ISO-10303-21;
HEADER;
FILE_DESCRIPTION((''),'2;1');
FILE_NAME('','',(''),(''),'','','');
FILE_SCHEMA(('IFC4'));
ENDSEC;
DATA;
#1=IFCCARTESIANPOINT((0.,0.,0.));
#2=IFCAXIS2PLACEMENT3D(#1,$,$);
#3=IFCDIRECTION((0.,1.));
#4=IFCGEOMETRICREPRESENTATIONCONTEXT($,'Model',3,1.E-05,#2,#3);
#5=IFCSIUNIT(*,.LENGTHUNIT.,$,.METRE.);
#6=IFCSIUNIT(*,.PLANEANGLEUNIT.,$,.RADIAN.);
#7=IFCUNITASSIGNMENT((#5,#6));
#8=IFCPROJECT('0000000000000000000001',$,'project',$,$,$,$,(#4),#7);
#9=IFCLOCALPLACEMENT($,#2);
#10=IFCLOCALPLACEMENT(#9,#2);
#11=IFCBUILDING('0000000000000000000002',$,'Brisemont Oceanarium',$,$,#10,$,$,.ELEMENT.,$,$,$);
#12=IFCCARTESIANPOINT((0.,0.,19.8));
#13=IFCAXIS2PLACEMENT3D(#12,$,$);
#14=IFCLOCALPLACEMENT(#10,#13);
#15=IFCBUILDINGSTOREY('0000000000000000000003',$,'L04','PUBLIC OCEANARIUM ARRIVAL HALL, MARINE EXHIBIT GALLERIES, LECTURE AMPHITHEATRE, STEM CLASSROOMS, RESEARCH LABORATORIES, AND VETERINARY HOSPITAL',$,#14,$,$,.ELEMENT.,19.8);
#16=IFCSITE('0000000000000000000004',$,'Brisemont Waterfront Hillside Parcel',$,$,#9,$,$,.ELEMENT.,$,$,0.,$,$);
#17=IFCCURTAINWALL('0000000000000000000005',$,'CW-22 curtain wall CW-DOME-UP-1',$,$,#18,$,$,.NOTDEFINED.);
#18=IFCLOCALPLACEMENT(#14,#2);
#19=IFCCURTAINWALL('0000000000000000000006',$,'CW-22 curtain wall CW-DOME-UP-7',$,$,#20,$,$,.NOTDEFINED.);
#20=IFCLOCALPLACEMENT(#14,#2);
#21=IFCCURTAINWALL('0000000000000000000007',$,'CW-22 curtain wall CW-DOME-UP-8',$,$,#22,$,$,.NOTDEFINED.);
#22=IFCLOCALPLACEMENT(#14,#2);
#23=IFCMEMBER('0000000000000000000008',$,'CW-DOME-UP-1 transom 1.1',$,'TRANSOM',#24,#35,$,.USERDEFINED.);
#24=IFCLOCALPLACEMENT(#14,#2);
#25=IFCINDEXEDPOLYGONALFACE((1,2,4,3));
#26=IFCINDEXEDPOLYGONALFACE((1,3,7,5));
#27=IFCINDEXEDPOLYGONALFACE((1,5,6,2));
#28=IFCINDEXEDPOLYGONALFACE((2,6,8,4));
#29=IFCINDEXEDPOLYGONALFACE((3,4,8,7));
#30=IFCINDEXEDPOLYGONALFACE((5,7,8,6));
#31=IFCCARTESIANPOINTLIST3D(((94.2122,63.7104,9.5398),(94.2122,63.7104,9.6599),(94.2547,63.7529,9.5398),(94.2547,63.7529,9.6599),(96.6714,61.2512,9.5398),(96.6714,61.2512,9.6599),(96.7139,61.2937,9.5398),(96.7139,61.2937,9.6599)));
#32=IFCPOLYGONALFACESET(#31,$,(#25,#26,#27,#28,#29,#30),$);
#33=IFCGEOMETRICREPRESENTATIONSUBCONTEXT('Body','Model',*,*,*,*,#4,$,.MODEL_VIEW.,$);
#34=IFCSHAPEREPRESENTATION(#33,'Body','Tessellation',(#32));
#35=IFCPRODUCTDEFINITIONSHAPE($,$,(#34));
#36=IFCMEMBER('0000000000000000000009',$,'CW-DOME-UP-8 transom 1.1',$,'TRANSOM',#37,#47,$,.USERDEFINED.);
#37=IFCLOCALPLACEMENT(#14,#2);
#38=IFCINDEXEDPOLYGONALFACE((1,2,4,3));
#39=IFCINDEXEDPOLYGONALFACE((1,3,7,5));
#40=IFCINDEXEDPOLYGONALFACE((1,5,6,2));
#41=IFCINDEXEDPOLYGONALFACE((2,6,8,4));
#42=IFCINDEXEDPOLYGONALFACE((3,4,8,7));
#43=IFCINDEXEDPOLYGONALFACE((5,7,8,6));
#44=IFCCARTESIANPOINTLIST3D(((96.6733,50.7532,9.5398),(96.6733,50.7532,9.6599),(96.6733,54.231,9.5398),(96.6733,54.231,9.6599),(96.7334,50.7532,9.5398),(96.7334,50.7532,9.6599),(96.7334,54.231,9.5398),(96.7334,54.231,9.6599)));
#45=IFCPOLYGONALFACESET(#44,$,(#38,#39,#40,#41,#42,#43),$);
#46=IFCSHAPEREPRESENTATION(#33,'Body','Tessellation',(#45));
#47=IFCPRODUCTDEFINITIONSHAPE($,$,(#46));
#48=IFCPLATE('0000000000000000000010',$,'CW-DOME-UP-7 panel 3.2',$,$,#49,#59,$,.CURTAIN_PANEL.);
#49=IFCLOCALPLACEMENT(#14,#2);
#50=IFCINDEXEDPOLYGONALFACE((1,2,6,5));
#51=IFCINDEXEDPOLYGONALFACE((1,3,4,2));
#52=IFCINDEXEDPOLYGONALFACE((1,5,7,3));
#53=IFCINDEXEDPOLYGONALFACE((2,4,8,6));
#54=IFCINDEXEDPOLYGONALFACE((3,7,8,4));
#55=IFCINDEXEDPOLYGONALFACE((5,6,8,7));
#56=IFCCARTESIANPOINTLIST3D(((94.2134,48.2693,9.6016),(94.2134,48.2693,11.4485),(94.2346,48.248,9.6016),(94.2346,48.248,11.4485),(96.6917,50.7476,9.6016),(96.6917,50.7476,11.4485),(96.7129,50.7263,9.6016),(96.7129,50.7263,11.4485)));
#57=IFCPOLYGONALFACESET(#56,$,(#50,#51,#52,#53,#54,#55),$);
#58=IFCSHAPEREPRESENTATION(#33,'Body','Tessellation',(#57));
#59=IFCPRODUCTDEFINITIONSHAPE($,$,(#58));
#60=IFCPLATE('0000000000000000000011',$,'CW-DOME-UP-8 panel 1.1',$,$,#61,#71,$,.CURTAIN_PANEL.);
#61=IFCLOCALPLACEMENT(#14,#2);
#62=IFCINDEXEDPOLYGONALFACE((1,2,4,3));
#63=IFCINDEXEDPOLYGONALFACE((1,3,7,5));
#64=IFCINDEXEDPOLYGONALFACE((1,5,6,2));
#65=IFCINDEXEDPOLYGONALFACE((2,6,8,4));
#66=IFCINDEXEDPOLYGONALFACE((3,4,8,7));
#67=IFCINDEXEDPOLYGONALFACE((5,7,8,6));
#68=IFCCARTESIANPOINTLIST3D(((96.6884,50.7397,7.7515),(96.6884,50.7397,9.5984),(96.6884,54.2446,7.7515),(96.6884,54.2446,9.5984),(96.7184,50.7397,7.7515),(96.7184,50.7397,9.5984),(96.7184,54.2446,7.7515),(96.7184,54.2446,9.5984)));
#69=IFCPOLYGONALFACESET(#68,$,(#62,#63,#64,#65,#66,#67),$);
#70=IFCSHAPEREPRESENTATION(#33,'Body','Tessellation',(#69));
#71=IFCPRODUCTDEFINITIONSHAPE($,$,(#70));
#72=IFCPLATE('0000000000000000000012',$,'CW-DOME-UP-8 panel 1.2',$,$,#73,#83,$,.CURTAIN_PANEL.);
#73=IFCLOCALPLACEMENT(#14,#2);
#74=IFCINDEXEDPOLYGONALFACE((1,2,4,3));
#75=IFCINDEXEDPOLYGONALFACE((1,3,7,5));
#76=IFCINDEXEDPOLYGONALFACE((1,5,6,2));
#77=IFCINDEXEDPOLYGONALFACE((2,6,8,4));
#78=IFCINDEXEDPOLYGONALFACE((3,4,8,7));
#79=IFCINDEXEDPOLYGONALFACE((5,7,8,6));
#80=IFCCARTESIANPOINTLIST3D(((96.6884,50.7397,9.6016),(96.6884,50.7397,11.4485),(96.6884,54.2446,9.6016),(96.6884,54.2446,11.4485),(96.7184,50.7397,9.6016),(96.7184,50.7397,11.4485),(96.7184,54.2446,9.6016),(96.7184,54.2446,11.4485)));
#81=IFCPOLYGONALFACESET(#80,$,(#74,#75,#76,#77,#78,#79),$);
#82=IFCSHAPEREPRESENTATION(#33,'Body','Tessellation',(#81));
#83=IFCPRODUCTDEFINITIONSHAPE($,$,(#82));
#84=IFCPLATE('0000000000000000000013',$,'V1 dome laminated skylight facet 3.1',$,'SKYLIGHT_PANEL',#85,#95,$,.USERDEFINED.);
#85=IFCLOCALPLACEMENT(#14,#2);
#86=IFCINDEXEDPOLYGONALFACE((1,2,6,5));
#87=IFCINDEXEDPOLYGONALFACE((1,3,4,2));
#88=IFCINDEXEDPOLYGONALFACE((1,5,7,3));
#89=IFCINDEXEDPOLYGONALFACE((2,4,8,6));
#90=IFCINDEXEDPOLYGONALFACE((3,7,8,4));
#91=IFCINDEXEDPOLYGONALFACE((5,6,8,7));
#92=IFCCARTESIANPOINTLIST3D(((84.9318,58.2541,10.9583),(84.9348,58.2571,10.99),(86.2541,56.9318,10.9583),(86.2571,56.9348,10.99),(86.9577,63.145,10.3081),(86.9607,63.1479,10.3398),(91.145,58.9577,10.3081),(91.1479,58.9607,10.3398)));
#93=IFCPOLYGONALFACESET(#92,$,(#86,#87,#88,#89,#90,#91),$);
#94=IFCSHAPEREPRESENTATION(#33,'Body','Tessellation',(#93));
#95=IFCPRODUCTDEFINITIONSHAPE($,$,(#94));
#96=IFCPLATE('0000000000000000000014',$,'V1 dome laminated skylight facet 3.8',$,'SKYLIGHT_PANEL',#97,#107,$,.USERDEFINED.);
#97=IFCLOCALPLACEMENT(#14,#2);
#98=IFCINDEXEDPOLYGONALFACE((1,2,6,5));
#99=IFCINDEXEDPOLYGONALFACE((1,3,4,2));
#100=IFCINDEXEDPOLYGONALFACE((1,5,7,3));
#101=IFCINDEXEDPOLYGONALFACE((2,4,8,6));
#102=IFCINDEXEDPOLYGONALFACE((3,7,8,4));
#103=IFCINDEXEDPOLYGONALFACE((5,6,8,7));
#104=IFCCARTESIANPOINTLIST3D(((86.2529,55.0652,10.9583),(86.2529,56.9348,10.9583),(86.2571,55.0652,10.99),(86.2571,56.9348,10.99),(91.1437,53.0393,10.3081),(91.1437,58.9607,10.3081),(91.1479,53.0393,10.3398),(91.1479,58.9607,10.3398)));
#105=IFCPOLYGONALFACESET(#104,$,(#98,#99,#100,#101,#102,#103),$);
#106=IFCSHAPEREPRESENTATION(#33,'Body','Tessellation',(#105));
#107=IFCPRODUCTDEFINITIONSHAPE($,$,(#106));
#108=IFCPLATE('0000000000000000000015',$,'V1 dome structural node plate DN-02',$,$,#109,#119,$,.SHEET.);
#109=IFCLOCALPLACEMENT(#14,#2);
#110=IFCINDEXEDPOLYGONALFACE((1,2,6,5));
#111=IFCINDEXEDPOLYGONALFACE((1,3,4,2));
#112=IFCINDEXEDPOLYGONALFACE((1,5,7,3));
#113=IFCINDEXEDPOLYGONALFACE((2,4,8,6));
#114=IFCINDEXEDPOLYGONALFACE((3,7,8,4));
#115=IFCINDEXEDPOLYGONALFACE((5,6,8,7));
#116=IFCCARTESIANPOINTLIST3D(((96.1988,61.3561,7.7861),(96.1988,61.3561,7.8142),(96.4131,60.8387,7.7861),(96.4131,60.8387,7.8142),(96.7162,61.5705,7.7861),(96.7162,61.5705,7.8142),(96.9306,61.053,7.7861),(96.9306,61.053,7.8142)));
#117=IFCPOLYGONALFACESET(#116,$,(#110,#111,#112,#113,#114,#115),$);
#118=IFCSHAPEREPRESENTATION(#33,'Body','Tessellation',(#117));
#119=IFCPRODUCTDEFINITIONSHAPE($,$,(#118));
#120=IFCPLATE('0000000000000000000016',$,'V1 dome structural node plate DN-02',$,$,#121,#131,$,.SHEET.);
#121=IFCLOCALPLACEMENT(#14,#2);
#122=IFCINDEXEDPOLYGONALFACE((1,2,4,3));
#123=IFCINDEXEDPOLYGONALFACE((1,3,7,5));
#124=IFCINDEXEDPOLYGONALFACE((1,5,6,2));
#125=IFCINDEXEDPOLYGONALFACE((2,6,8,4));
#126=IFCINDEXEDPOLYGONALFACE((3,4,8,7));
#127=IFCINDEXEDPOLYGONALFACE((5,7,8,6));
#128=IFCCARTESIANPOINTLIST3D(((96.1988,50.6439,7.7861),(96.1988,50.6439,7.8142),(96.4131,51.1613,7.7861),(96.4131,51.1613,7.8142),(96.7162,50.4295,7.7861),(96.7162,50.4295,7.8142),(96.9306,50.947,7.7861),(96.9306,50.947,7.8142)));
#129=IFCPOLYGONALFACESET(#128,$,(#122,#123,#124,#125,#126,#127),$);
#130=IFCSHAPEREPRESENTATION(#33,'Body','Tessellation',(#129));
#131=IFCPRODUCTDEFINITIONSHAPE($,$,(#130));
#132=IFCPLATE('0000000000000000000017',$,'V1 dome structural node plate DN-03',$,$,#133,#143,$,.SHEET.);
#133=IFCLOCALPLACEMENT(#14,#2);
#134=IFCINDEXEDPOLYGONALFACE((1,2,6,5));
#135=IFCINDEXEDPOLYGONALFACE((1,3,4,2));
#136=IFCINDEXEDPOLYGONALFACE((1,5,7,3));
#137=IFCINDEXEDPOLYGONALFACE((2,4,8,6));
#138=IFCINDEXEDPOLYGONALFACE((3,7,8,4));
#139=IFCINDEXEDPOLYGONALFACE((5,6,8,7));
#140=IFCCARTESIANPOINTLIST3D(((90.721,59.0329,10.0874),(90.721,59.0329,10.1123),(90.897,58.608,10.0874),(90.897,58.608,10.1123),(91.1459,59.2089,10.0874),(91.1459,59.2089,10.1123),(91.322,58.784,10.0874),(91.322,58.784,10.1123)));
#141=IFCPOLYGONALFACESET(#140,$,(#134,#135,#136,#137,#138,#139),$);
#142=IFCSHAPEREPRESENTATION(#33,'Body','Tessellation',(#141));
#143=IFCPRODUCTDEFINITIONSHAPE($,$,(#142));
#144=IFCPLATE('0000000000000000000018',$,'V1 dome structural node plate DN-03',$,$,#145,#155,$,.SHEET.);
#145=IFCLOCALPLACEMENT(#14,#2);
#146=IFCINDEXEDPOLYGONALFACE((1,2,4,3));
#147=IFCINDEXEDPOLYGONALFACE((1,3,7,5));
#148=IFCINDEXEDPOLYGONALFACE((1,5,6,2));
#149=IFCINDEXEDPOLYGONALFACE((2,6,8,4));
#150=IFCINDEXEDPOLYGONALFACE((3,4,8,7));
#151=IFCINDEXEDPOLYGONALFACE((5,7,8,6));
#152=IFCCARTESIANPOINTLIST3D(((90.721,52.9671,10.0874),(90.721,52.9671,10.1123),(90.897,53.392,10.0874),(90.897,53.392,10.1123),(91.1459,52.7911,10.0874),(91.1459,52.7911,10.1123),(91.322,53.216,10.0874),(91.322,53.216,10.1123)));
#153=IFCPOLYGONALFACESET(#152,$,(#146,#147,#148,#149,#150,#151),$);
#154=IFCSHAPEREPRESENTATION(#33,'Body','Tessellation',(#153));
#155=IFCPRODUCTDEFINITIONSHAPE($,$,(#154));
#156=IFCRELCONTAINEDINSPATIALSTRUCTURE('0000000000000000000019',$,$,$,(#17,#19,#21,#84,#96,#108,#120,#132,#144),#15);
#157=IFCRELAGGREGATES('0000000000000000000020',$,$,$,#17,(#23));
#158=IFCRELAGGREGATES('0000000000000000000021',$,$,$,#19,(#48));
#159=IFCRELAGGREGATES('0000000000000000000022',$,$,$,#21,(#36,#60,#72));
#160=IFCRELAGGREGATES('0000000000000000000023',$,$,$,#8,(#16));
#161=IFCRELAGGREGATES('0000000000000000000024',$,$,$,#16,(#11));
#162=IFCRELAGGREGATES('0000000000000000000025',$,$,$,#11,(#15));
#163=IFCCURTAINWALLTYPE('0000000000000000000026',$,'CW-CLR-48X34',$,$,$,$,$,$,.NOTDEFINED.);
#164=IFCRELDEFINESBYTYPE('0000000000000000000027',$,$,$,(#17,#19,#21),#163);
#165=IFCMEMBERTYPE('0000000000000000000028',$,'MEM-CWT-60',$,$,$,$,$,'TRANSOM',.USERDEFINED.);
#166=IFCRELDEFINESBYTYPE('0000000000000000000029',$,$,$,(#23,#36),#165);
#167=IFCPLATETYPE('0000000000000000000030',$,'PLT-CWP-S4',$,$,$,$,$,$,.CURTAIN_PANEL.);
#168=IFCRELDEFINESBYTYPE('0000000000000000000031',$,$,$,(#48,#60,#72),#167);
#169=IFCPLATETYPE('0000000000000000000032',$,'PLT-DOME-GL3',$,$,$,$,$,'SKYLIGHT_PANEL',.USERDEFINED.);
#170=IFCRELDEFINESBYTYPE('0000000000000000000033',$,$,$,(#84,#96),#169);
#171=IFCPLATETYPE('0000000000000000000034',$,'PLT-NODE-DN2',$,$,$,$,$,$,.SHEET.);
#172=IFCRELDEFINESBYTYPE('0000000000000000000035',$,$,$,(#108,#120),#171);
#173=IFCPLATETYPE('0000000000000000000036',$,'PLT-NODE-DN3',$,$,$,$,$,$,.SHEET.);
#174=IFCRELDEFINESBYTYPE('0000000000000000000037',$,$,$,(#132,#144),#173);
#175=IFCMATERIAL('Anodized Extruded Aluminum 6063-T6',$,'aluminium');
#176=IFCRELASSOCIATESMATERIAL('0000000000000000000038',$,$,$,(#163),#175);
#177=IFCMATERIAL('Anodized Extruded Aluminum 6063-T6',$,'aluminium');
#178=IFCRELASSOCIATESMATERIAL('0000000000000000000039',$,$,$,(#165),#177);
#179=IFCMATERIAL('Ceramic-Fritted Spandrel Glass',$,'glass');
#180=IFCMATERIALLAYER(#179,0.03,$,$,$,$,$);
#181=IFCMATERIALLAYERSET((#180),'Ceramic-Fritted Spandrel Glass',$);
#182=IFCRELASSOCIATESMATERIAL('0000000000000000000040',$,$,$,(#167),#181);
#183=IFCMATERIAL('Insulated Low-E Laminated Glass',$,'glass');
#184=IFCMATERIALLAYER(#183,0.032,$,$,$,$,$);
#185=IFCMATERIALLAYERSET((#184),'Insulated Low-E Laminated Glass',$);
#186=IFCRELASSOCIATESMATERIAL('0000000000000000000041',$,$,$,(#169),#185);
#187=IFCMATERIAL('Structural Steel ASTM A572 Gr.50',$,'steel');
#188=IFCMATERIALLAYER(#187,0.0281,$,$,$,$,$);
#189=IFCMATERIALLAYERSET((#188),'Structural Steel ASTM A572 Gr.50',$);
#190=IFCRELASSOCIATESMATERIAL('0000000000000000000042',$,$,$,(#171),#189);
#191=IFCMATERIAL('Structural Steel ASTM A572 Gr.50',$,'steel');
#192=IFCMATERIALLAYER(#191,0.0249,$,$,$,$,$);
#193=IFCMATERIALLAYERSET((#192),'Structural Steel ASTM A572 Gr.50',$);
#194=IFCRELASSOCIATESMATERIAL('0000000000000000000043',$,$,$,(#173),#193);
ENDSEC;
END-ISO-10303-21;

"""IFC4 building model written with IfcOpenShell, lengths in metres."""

from ifc_helpers import new_model, si_unit, direction, frame, origin, origin_2d, place, context, subcontext, project, spatial, polyline, rectangle, outline, extrude, material, layer, layer_set, material_profile, profile_set, type_object, element, aggregate, save


model = new_model("IFC4")

# Units and contexts
model_context = context("Model", 3, precision=1e-05, world=origin(), true_north=direction((0.0, 1.0)))
body_context = subcontext(model_context, "Body", "Model", "MODEL_VIEW")
ifc_project = project(units=[si_unit("LENGTHUNIT", "METRE"), si_unit("PLANEANGLEUNIT", "RADIAN")], contexts=[model_context])

# Site, building, storey
site_placement = place(None, origin())
site = spatial("IfcSite", under=ifc_project, at=site_placement, Name="Brisemont Waterfront Hillside Parcel", CompositionType="ELEMENT", RefElevation=0.0)
building_placement = place(site_placement, origin())
building = spatial("IfcBuilding", under=site, at=building_placement, Name="Brisemont Oceanarium", CompositionType="ELEMENT")
storey_placement = place(building_placement, frame((0.0, 0.0, 19.8)))
storey = spatial("IfcBuildingStorey", under=building, at=storey_placement, Name="L04", Description="PUBLIC OCEANARIUM ARRIVAL HALL, MARINE EXHIBIT GALLERIES, LECTURE AMPHITHEATRE, STEM CLASSROOMS, RESEARCH LABORATORIES, AND VETERINARY HOSPITAL", CompositionType="ELEMENT", Elevation=19.8)

# Curtain walls
ifc_material_1 = material(Name="Anodized Extruded Aluminum 6063-T6", Category="aluminium")
curtain_wall_type = type_object("IfcCurtainWallType", Name="CW-CLR-48X34", PredefinedType="NOTDEFINED", material=ifc_material_1)
curtain_wall_1_placement = place(storey_placement, origin())
curtain_wall_1 = element("IfcCurtainWall", 1, at=curtain_wall_1_placement, inside=storey, type_object=curtain_wall_type, Name="CW-22 curtain wall CW-DOME-UP-1", PredefinedType="NOTDEFINED")
curtain_wall_2_placement = place(storey_placement, origin())
curtain_wall_2 = element("IfcCurtainWall", 2, at=curtain_wall_2_placement, inside=storey, type_object=curtain_wall_type, Name="CW-22 curtain wall CW-DOME-UP-7", PredefinedType="NOTDEFINED")

# Curtain wall
curtain_wall_3_placement = place(storey_placement, origin())
curtain_wall_3 = element("IfcCurtainWall", 3, at=curtain_wall_3_placement, inside=storey, type_object=curtain_wall_type, Name="CW-22 curtain wall CW-DOME-UP-8", PredefinedType="NOTDEFINED")

# Members
ifc_material_2 = material(Name="Anodized Extruded Aluminum 6063-T6", Category="aluminium")
ifc_material_profile_1 = material_profile(ifc_material_2, rectangle(XDim=0.0601, YDim=0.1201, at=origin_2d()), Name="CWT-60X120")
ifc_profile_set_1 = profile_set([ifc_material_profile_1], Name="Anodized Extruded Aluminum 6063-T6")
member_type_1 = type_object("IfcMemberType", Name="MEM-CWT-60", ElementType="TRANSOM", PredefinedType="USERDEFINED", material=ifc_profile_set_1)
member_1_placement = place(storey_placement, frame((96.6926, 61.2725, 9.5999), z_axis=(-0.707107, 0.707107, 0.0), x_axis=(-0.707107, -0.707107, 0.0)))
member_1 = element("IfcMember", 4, at=member_1_placement, type_object=member_type_1, Name="CW-DOME-UP-1 transom 1.1", ObjectType="TRANSOM", PredefinedType="USERDEFINED", context=body_context, shape_type="SweptSolid", body=[
    extrude(rectangle(XDim=0.0601, YDim=0.1201, at=origin_2d()), origin(), (0.0, 0.0, 1.0), 3.4778),
])
aggregate(curtain_wall_1, [member_1])
member_2_placement = place(storey_placement, frame((96.7034, 50.7532, 9.5999), z_axis=(0.0, 1.0, 0.0), x_axis=(-1.0, 0.0, 0.0)))
member_2 = element("IfcMember", 5, at=member_2_placement, type_object=member_type_1, Name="CW-DOME-UP-8 transom 1.1", ObjectType="TRANSOM", PredefinedType="USERDEFINED", context=body_context, shape_type="SweptSolid", body=[
    extrude(rectangle(XDim=0.0601, YDim=0.1201, at=origin_2d()), origin(), (0.0, 0.0, 1.0), 3.4778),
])

# Plates
ifc_material_3 = material(Name="Ceramic-Fritted Spandrel Glass", Category="glass")
ifc_layer_1 = layer(ifc_material_3, 0.03)
ifc_layer_set_1 = layer_set([ifc_layer_1], Name="Ceramic-Fritted Spandrel Glass")
plate_type_1 = type_object("IfcPlateType", Name="PLT-CWP-S4", PredefinedType="CURTAIN_PANEL", material=ifc_layer_set_1)
plate_1_placement = place(storey_placement, frame((95.4631, 49.4978, 9.6016), z_axis=(0.0, 0.0, 1.0), x_axis=(0.707107, 0.707107, 0.0)))
plate_1 = element("IfcPlate", 6, at=plate_1_placement, type_object=plate_type_1, Name="CW-DOME-UP-7 panel 3.2", PredefinedType="CURTAIN_PANEL", context=body_context, shape_type="SweptSolid", body=[
    extrude(rectangle(XDim=3.5049, YDim=0.03, at=origin_2d()), origin(), (0.0, 0.0, 1.0), 1.8469),
])
aggregate(curtain_wall_2, [plate_1])
plate_2_placement = place(storey_placement, frame((96.7034, 52.4922, 7.7515), z_axis=(0.0, 0.0, 1.0), x_axis=(0.0, 1.0, 0.0)))
plate_2 = element("IfcPlate", 7, at=plate_2_placement, type_object=plate_type_1, Name="CW-DOME-UP-8 panel 1.1", PredefinedType="CURTAIN_PANEL", context=body_context, shape_type="SweptSolid", body=[
    extrude(rectangle(XDim=3.5049, YDim=0.03, at=origin_2d()), origin(), (0.0, 0.0, 1.0), 1.8469),
])
plate_3_placement = place(storey_placement, frame((96.7034, 52.4922, 9.6016), z_axis=(0.0, 0.0, 1.0), x_axis=(0.0, 1.0, 0.0)))
plate_3 = element("IfcPlate", 8, at=plate_3_placement, type_object=plate_type_1, Name="CW-DOME-UP-8 panel 1.2", PredefinedType="CURTAIN_PANEL", context=body_context, shape_type="SweptSolid", body=[
    extrude(rectangle(XDim=3.5049, YDim=0.03, at=origin_2d()), origin(), (0.0, 0.0, 1.0), 1.8469),
])
aggregate(curtain_wall_3, [member_2, plate_2, plate_3])

# Plates
ifc_material_4 = material(Name="Insulated Low-E Laminated Glass", Category="glass")
ifc_layer_2 = layer(ifc_material_4, 0.032)
ifc_layer_set_2 = layer_set([ifc_layer_2], Name="Insulated Low-E Laminated Glass")
plate_type_2 = type_object("IfcPlateType", Name="PLT-DOME-GL3", ElementType="SKYLIGHT_PANEL", PredefinedType="USERDEFINED", material=ifc_layer_set_2)
plate_4_placement = place(storey_placement, frame((91.1479, 58.9607, 10.3398), z_axis=(0.093176, 0.093176, 0.99128), x_axis=(-0.707107, 0.707107, 0.0)))
element("IfcPlate", 9, at=plate_4_placement, inside=storey, type_object=plate_type_2, Name="V1 dome laminated skylight facet 3.1", ObjectType="SKYLIGHT_PANEL", PredefinedType="USERDEFINED", context=body_context, shape_type="SweptSolid", body=[
    extrude(outline(polyline([(0.0, 0.0), (5.9217, 0.0), (3.8958, 4.9339), (2.0259, 4.9339), (0.0, 0.0)])), origin(), (0.0, 0.0, -1.0), 0.032),
])
plate_5_placement = place(storey_placement, frame((91.1479, 53.0393, 10.3398), z_axis=(0.131772, 0.0, 0.99128), x_axis=(0.0, 1.0, 0.0)))
element("IfcPlate", 10, at=plate_5_placement, inside=storey, type_object=plate_type_2, Name="V1 dome laminated skylight facet 3.8", ObjectType="SKYLIGHT_PANEL", PredefinedType="USERDEFINED", context=body_context, shape_type="SweptSolid", body=[
    extrude(outline(polyline([(0.0, 0.0), (5.9214, 0.0), (3.8955, 4.9339), (2.0259, 4.9339), (0.0, 0.0)])), origin(), (0.0, 0.0, -1.0), 0.032),
])
ifc_material_5 = material(Name="Structural Steel ASTM A572 Gr.50", Category="steel")
ifc_layer_3 = layer(ifc_material_5, 0.0281)
ifc_layer_set_3 = layer_set([ifc_layer_3], Name="Structural Steel ASTM A572 Gr.50")
plate_type_3 = type_object("IfcPlateType", Name="PLT-NODE-DN2", PredefinedType="SHEET", material=ifc_layer_set_3)
for number, where, z_axis, x_axis, name in (
    (11, (96.5647, 61.2046, 7.7861), (0.0, 0.0, 1.0), (0.92388, 0.382683, 0.0), "V1 dome structural node plate DN-02"),
    (12, (96.5647, 50.7954, 7.7861), (0.0, 0.0, 1.0), (0.92388, -0.382683, 0.0), "V1 dome structural node plate DN-02"),
):
    element("IfcPlate", number, at=place(storey_placement, frame(where, z_axis=z_axis, x_axis=x_axis)), inside=storey, type_object=plate_type_3, Name=name, PredefinedType="SHEET", context=body_context, shape_type="SweptSolid", body=[
        extrude(rectangle(XDim=0.5601, YDim=0.5601, at=origin_2d()), origin(), (0.0, 0.0, 1.0), 0.0281),
    ])
ifc_material_6 = material(Name="Structural Steel ASTM A572 Gr.50", Category="steel")
ifc_layer_4 = layer(ifc_material_6, 0.0249)
ifc_layer_set_4 = layer_set([ifc_layer_4], Name="Structural Steel ASTM A572 Gr.50")
plate_type_4 = type_object("IfcPlateType", Name="PLT-NODE-DN3", PredefinedType="SHEET", material=ifc_layer_set_4)
for number, where, z_axis, x_axis, name in (
    (13, (91.0215, 58.9084, 10.0874), (0.0, 0.0, 1.0), (0.92388, 0.382683, 0.0), "V1 dome structural node plate DN-03"),
    (14, (91.0215, 53.0916, 10.0874), (0.0, 0.0, 1.0), (0.92388, -0.382683, 0.0), "V1 dome structural node plate DN-03"),
):
    element("IfcPlate", number, at=place(storey_placement, frame(where, z_axis=z_axis, x_axis=x_axis)), inside=storey, type_object=plate_type_4, Name=name, PredefinedType="SHEET", context=body_context, shape_type="SweptSolid", body=[
        extrude(rectangle(XDim=0.46, YDim=0.46, at=origin_2d()), origin(), (0.0, 0.0, 1.0), 0.0249),
    ])

save(model, "model.ifc")
